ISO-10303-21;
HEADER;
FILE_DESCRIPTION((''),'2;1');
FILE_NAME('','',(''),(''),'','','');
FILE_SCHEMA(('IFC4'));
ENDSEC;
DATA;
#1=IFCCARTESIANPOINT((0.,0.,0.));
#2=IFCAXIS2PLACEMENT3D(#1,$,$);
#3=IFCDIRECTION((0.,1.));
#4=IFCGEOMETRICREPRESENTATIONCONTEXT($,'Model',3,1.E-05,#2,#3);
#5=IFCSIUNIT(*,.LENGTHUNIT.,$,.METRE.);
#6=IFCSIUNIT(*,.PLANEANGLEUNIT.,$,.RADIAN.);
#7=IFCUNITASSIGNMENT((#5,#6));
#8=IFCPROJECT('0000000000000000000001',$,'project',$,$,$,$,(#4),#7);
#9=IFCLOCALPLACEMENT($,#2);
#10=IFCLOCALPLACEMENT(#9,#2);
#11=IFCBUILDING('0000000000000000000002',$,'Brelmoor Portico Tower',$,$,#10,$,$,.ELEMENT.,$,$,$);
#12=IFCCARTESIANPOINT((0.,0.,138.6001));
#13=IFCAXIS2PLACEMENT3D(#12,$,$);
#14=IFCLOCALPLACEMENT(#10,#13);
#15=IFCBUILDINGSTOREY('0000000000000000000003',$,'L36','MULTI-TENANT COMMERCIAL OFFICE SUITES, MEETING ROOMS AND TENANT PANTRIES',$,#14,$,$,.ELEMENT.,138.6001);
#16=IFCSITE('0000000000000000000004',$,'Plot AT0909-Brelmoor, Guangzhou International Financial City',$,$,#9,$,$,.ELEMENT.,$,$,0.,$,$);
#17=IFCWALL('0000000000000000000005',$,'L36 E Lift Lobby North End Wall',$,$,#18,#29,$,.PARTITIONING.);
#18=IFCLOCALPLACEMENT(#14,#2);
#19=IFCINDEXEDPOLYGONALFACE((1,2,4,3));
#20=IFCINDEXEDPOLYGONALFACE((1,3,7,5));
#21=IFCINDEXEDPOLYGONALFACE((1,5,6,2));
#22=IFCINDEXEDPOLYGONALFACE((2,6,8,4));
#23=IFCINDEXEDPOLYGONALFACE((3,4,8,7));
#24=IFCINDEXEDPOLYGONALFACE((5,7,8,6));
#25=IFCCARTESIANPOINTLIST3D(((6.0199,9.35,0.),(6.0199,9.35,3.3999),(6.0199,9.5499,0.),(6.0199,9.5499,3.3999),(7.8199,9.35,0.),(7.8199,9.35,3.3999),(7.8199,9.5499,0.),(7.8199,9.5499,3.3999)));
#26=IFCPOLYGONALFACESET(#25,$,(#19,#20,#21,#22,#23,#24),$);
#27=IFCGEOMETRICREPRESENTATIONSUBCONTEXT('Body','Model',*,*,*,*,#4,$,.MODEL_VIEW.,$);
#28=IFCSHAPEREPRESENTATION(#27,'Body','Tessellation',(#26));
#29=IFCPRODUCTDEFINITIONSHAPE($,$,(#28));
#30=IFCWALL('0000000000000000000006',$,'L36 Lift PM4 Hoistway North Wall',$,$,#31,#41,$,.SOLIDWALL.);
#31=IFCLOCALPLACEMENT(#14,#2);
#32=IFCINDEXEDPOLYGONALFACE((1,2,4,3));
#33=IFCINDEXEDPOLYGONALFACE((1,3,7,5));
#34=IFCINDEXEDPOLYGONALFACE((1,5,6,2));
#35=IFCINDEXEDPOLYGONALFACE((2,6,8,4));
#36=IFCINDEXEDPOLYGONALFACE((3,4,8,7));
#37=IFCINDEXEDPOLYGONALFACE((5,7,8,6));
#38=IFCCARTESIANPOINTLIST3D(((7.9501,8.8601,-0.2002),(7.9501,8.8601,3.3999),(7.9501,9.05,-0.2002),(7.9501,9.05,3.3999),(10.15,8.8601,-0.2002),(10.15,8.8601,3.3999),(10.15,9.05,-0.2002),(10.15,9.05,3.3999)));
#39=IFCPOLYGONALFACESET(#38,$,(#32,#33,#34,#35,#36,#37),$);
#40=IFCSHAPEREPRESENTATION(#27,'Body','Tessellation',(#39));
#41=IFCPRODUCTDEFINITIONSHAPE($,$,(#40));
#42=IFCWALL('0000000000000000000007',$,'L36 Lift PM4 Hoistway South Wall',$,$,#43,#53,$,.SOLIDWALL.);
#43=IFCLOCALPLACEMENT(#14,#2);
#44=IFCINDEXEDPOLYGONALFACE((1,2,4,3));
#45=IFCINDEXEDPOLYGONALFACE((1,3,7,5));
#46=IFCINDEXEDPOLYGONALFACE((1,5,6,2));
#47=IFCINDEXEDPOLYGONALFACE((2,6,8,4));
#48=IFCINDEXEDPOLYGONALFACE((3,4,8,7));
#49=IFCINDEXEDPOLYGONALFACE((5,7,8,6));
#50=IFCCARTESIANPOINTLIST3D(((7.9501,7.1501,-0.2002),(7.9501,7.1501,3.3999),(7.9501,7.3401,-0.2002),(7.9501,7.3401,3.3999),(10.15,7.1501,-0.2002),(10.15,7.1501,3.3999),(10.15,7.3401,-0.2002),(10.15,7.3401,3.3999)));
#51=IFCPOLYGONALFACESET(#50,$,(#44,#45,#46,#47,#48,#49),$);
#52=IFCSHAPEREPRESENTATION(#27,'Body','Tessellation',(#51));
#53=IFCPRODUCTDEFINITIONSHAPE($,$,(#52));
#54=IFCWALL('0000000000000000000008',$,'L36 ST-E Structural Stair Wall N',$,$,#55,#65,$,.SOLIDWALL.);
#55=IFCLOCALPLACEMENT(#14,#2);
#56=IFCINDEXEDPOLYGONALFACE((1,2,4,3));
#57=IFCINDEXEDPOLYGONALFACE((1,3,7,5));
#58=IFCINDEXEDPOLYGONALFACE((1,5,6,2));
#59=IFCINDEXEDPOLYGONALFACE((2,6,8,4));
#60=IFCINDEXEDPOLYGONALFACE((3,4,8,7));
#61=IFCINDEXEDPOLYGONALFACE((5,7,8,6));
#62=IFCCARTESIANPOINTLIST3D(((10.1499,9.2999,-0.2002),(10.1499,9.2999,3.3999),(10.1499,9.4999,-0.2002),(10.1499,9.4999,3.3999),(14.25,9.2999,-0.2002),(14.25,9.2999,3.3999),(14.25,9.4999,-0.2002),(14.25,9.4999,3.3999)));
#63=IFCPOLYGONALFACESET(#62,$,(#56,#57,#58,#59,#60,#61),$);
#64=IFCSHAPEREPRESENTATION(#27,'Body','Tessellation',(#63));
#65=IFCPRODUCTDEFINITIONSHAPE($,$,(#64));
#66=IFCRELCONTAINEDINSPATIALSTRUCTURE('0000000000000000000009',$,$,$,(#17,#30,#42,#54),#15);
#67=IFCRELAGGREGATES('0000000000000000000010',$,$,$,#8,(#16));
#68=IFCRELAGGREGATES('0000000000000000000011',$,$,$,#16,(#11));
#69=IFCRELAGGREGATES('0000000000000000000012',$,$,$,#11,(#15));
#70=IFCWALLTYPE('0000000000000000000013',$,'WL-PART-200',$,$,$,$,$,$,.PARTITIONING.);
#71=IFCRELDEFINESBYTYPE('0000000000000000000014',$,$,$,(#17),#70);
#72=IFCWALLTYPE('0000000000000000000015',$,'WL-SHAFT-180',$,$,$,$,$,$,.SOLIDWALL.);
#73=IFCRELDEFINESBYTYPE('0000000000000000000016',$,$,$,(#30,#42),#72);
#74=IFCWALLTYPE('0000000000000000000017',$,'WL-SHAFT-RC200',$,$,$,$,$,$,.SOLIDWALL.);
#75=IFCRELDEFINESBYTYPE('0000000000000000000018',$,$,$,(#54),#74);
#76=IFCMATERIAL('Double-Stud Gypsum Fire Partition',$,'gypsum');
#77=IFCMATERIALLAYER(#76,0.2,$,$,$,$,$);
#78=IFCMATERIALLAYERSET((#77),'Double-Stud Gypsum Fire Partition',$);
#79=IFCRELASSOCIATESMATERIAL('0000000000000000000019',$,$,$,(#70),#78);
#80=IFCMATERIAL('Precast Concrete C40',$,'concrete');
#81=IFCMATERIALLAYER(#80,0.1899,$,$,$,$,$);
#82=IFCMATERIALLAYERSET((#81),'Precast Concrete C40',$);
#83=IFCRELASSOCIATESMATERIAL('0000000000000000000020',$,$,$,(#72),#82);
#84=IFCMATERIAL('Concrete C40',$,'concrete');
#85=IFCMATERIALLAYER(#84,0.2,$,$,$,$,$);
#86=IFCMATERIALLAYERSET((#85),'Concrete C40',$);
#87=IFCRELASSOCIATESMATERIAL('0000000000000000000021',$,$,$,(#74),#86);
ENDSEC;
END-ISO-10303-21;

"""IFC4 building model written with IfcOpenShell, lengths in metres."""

from ifc_helpers import new_model, si_unit, direction, frame, frame_2d, origin, place, context, subcontext, project, spatial, rectangle, extrude, material, layer, layer_set, type_object, element, save


model = new_model("IFC4")

# Units and contexts
model_context = context("Model", 3, precision=1e-05, world=origin(), true_north=direction((0.0, 1.0)))
body_context = subcontext(model_context, "Body", "Model", "MODEL_VIEW")
ifc_project = project(units=[si_unit("LENGTHUNIT", "METRE"), si_unit("PLANEANGLEUNIT", "RADIAN")], contexts=[model_context])

# Site, building, storey
site_placement = place(None, origin())
site = spatial("IfcSite", under=ifc_project, at=site_placement, Name="Plot AT0909-Brelmoor, Guangzhou International Financial City", CompositionType="ELEMENT", RefElevation=0.0)
building_placement = place(site_placement, origin())
building = spatial("IfcBuilding", under=site, at=building_placement, Name="Brelmoor Portico Tower", CompositionType="ELEMENT")
storey_placement = place(building_placement, frame((0.0, 0.0, 138.6001)))
storey = spatial("IfcBuildingStorey", under=building, at=storey_placement, Name="L36", Description="MULTI-TENANT COMMERCIAL OFFICE SUITES, MEETING ROOMS AND TENANT PANTRIES", CompositionType="ELEMENT", Elevation=138.6001)

# Walls
ifc_material_1 = material(Name="Double-Stud Gypsum Fire Partition", Category="gypsum")
ifc_layer_1 = layer(ifc_material_1, 0.2)
ifc_layer_set_1 = layer_set([ifc_layer_1], Name="Double-Stud Gypsum Fire Partition")
wall_type_1 = type_object("IfcWallType", Name="WL-PART-200", PredefinedType="PARTITIONING", material=ifc_layer_set_1)
wall_1_placement = place(storey_placement, frame((6.02, 9.45, 0.0), z_axis=(0.0, 0.0, 1.0), x_axis=(1.0, 0.0, 0.0)))
element("IfcWall", 1, at=wall_1_placement, inside=storey, type_object=wall_type_1, Name="L36 E Lift Lobby North End Wall", PredefinedType="PARTITIONING", context=body_context, shape_type="SweptSolid", body=[
    extrude(rectangle(XDim=1.8, YDim=0.2, at=frame_2d((0.8999, 0.0))), origin(), (0.0, 0.0, 1.0), 3.3999),
])
ifc_material_2 = material(Name="Precast Concrete C40", Category="concrete")
ifc_layer_2 = layer(ifc_material_2, 0.1899)
ifc_layer_set_2 = layer_set([ifc_layer_2], Name="Precast Concrete C40")
wall_type_2 = type_object("IfcWallType", Name="WL-SHAFT-180", PredefinedType="SOLIDWALL", material=ifc_layer_set_2)
for number, where, z_axis, x_axis, name in (
    (2, (7.95, 8.9551, -0.2002), (0.0, 0.0, 1.0), (1.0, 0.0, 0.0), "L36 Lift PM4 Hoistway North Wall"),
    (3, (7.95, 7.2451, -0.2002), (0.0, 0.0, 1.0), (1.0, 0.0, 0.0), "L36 Lift PM4 Hoistway South Wall"),
):
    element("IfcWall", number, at=place(storey_placement, frame(where, z_axis=z_axis, x_axis=x_axis)), inside=storey, type_object=wall_type_2, Name=name, PredefinedType="SOLIDWALL", context=body_context, shape_type="SweptSolid", body=[
        extrude(rectangle(XDim=2.2, YDim=0.1899, at=frame_2d((1.1001, 0.0))), origin(), (0.0, 0.0, 1.0), 3.6001),
    ])
ifc_material_3 = material(Name="Concrete C40", Category="concrete")
ifc_layer_3 = layer(ifc_material_3, 0.2)
ifc_layer_set_3 = layer_set([ifc_layer_3], Name="Concrete C40")
wall_type_3 = type_object("IfcWallType", Name="WL-SHAFT-RC200", PredefinedType="SOLIDWALL", material=ifc_layer_set_3)
wall_2_placement = place(storey_placement, frame((10.1499, 9.3999, -0.2002), z_axis=(0.0, 0.0, 1.0), x_axis=(1.0, 0.0, 0.0)))
element("IfcWall", 4, at=wall_2_placement, inside=storey, type_object=wall_type_3, Name="L36 ST-E Structural Stair Wall N", PredefinedType="SOLIDWALL", context=body_context, shape_type="SweptSolid", body=[
    extrude(rectangle(XDim=4.1001, YDim=0.2, at=frame_2d((2.05, 0.0))), origin(), (0.0, 0.0, 1.0), 3.6001),
])

save(model, "model.ifc")
